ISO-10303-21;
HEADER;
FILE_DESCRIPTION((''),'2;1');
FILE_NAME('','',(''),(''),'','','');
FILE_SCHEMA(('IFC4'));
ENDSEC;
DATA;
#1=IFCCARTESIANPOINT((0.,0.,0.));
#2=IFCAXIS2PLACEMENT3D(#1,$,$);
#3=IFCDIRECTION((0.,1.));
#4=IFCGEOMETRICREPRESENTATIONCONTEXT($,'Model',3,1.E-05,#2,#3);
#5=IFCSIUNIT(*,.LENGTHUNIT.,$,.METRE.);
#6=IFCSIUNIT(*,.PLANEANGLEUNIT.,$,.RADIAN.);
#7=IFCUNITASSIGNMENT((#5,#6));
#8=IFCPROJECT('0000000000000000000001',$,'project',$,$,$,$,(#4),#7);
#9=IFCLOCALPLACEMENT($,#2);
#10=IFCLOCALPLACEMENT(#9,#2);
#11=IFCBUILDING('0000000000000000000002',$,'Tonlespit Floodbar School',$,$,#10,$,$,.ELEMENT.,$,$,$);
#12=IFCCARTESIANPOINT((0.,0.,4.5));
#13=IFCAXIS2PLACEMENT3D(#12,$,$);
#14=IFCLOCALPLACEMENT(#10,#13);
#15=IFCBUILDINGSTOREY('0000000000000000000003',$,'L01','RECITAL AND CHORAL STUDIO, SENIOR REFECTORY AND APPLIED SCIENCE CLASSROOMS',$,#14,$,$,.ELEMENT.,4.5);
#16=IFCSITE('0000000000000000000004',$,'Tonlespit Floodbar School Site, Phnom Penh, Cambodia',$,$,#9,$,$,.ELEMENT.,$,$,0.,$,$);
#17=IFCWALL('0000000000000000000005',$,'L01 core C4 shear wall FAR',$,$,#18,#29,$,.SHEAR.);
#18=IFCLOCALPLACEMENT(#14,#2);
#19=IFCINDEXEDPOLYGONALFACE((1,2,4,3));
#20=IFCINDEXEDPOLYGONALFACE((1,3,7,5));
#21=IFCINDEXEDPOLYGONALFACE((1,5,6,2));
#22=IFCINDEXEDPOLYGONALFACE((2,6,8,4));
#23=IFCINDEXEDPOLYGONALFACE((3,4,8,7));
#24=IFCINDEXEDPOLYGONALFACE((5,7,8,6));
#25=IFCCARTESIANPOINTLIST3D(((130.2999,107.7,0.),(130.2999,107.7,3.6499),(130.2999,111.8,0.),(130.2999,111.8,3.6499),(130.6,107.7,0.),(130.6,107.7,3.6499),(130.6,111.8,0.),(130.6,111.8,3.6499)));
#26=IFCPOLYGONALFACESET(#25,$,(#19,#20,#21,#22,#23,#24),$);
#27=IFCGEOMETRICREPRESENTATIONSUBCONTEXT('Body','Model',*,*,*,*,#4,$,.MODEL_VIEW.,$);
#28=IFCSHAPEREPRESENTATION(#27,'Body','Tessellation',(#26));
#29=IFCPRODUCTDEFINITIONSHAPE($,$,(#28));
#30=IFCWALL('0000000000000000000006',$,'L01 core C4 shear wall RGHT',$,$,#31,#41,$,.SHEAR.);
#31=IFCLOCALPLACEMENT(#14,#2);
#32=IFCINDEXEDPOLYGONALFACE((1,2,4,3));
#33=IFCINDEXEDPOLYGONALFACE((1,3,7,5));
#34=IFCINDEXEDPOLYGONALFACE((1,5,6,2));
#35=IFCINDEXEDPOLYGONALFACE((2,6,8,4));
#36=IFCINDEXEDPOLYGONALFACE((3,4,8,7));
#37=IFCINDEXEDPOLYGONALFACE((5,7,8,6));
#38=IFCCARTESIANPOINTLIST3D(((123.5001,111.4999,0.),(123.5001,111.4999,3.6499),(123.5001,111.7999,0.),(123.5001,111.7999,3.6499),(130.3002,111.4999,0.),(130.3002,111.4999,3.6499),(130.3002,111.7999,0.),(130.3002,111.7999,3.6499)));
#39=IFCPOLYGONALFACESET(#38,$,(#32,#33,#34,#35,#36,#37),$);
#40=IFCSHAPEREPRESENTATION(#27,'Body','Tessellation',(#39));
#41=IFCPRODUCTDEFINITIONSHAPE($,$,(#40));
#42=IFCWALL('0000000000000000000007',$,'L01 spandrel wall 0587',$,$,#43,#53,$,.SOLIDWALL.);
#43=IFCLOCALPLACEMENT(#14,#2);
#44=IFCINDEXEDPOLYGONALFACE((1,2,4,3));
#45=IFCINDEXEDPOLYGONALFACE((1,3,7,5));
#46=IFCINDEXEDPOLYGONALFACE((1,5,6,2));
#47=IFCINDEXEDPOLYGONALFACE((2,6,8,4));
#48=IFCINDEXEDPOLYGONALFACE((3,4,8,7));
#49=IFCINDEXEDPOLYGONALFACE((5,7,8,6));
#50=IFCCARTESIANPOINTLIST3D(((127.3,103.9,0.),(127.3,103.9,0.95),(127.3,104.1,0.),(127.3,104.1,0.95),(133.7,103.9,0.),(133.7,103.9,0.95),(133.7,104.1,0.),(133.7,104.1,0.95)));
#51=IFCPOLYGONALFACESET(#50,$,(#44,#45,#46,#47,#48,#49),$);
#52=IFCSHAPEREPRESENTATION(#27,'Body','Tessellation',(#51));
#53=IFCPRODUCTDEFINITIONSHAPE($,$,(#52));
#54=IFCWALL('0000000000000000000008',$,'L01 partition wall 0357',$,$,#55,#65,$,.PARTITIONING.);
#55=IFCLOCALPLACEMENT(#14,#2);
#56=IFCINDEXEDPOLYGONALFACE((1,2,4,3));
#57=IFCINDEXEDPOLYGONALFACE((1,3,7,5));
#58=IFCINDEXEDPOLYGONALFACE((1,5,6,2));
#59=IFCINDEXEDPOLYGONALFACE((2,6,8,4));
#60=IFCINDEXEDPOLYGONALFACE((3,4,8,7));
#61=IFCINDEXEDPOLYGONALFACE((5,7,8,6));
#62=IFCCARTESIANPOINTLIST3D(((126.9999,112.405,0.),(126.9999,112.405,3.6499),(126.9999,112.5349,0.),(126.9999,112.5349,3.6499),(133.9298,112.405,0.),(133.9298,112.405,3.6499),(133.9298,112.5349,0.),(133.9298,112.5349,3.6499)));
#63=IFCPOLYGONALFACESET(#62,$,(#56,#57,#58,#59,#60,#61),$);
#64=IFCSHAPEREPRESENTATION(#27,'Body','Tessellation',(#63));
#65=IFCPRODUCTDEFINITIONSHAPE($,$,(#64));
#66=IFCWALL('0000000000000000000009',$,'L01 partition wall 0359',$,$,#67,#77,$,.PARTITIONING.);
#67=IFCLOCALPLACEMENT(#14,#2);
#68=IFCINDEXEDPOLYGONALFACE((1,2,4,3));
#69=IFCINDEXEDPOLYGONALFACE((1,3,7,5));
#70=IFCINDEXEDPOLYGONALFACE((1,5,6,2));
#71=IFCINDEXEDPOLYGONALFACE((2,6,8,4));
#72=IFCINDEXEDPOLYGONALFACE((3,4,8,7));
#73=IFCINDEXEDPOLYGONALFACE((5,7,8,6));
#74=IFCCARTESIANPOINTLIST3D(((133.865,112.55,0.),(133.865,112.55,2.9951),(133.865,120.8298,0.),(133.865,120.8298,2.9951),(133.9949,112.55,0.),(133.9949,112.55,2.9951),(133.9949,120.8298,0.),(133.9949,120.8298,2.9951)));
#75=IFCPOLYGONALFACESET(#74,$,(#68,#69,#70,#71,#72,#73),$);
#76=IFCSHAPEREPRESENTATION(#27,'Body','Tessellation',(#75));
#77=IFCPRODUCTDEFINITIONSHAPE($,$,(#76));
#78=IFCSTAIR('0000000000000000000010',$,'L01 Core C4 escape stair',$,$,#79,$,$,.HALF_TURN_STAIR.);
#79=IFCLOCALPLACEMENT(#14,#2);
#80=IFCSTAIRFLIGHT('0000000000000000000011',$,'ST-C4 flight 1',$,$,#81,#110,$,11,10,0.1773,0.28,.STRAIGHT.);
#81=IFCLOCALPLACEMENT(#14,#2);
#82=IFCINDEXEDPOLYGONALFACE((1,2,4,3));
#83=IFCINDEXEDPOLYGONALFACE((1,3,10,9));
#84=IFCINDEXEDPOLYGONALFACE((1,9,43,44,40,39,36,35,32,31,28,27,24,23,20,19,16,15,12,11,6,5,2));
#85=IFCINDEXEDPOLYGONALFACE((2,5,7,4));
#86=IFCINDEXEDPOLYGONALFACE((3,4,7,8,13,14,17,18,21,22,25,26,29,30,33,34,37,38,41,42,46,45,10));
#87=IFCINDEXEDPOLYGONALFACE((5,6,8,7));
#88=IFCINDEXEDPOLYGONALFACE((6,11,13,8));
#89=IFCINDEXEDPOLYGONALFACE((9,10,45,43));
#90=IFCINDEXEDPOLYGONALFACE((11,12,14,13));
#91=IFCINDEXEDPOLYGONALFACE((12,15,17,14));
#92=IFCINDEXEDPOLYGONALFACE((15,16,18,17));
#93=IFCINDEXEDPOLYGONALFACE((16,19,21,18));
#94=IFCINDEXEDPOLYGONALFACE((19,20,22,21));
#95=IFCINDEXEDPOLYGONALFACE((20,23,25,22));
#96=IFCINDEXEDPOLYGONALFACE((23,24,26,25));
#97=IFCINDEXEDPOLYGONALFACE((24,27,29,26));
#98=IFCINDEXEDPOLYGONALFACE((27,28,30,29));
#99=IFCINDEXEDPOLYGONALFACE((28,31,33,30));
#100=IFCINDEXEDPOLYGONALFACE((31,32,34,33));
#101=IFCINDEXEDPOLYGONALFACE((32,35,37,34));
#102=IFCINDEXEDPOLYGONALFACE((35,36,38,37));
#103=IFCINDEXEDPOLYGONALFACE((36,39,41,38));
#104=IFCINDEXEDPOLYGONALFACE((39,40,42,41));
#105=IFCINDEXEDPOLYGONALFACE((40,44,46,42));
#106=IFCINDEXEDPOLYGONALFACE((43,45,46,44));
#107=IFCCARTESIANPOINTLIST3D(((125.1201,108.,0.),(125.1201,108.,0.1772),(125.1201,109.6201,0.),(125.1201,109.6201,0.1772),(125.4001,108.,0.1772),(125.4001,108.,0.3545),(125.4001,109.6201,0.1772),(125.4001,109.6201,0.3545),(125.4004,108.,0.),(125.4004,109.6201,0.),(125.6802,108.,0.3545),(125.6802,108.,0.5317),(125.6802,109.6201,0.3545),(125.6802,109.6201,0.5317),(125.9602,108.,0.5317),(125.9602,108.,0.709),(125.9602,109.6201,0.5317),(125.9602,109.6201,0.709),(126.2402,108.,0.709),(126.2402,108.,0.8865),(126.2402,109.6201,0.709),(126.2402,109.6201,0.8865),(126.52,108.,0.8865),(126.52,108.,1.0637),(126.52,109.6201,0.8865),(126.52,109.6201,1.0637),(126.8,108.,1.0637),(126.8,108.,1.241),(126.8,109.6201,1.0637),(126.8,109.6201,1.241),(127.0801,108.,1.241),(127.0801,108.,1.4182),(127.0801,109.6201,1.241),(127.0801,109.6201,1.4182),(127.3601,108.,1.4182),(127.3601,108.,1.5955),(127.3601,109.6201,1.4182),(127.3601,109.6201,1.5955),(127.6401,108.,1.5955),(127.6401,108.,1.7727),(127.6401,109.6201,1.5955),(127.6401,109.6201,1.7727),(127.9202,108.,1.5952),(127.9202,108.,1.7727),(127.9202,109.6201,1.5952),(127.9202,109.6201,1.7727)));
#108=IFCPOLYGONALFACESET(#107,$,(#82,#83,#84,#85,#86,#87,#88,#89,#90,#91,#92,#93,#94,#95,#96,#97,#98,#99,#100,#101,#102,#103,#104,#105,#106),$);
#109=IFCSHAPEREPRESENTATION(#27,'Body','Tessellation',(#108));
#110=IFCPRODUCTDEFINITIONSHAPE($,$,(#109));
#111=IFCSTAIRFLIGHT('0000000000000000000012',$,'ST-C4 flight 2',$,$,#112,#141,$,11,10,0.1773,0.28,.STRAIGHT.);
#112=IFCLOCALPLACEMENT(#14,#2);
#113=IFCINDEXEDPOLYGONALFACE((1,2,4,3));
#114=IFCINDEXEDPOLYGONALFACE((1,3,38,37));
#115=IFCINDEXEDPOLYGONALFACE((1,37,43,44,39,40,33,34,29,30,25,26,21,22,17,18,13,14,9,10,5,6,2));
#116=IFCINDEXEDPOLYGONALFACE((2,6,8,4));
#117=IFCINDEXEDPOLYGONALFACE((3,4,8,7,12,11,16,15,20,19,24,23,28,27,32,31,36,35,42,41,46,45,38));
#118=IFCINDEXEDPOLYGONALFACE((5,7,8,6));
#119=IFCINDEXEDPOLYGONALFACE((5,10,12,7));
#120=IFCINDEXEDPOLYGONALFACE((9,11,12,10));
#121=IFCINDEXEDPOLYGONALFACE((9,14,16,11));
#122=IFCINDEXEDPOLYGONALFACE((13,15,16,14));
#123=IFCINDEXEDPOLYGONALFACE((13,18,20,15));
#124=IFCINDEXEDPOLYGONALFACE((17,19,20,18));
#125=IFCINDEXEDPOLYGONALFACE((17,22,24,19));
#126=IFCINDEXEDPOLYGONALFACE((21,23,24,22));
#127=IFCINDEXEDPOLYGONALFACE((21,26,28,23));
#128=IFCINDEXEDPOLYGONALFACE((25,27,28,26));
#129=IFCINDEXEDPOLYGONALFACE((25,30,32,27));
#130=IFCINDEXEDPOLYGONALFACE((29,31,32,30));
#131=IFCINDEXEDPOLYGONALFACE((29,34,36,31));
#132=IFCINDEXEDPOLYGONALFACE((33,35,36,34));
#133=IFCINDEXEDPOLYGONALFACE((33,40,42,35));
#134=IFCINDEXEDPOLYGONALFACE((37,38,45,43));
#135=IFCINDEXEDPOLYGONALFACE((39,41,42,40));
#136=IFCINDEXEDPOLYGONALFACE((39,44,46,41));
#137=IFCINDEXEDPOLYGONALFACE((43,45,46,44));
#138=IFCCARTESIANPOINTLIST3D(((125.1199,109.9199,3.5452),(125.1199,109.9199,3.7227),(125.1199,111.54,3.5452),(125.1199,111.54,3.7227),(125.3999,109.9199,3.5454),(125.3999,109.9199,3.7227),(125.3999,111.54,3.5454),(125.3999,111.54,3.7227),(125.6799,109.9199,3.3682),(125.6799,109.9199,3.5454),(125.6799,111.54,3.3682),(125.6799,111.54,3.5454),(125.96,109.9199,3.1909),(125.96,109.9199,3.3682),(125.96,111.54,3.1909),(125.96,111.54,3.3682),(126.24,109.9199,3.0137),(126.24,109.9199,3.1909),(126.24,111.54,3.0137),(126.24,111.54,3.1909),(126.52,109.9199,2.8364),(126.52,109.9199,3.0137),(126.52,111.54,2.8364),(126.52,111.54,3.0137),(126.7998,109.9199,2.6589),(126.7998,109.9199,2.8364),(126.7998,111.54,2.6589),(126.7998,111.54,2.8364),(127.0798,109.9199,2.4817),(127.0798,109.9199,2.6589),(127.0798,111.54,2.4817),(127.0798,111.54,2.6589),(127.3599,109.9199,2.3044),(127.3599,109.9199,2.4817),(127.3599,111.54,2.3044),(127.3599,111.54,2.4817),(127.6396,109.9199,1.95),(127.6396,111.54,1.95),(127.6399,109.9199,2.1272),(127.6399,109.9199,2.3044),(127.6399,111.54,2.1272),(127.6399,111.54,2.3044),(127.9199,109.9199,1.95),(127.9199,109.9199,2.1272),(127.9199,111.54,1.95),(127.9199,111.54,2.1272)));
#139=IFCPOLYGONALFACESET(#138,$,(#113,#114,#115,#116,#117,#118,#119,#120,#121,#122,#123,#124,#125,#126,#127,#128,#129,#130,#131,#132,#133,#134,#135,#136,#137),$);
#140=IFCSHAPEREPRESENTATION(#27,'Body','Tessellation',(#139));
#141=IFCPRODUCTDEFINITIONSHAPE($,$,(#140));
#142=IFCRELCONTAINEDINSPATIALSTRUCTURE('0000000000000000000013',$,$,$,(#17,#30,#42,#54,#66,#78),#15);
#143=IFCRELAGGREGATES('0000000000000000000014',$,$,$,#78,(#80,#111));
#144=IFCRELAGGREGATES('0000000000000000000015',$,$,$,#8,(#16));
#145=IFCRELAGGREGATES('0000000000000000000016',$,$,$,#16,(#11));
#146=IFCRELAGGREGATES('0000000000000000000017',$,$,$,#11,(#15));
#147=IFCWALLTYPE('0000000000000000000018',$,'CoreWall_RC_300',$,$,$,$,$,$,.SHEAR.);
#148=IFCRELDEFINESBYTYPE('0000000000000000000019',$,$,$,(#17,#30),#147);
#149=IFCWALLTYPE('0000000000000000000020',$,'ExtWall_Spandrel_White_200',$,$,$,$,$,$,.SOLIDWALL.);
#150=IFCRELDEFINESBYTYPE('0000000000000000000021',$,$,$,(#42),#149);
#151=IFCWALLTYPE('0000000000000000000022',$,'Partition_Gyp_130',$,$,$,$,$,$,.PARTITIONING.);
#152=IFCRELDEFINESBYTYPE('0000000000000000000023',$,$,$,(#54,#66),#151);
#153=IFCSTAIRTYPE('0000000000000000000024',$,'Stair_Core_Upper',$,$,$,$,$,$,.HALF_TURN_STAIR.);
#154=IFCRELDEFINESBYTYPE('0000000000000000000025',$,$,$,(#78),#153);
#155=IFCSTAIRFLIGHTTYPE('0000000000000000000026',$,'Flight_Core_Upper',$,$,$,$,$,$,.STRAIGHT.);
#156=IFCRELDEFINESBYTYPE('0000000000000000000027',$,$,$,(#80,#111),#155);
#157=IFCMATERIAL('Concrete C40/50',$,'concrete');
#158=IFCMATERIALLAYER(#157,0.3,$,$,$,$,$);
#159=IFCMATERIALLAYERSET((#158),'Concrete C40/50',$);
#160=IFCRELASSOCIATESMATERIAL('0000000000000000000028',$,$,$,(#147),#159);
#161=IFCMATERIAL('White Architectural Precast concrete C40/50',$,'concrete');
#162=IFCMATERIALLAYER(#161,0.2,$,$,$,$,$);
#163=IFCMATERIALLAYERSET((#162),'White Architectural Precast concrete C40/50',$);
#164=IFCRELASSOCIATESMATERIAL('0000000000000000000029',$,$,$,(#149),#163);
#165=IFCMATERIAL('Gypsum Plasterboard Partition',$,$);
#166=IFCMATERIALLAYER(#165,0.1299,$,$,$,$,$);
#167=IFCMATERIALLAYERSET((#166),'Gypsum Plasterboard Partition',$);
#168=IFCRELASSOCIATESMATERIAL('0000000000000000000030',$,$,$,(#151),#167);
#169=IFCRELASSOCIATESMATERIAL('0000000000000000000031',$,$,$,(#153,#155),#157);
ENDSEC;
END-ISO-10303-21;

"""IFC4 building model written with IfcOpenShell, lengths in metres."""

from ifc_helpers import new_model, si_unit, direction, frame, frame_2d, origin, place, context, subcontext, project, spatial, polyline, rectangle, outline, extrude, material, layer, layer_set, type_object, element, aggregate, save


model = new_model("IFC4")

# Units and contexts
model_context = context("Model", 3, precision=1e-05, world=origin(), true_north=direction((0.0, 1.0)))
body_context = subcontext(model_context, "Body", "Model", "MODEL_VIEW")
ifc_project = project(units=[si_unit("LENGTHUNIT", "METRE"), si_unit("PLANEANGLEUNIT", "RADIAN")], contexts=[model_context])

# Site, building, storey
site_placement = place(None, origin())
site = spatial("IfcSite", under=ifc_project, at=site_placement, Name="Tonlespit Floodbar School Site, Phnom Penh, Cambodia", CompositionType="ELEMENT", RefElevation=0.0)
building_placement = place(site_placement, origin())
building = spatial("IfcBuilding", under=site, at=building_placement, Name="Tonlespit Floodbar School", CompositionType="ELEMENT")
storey_placement = place(building_placement, frame((0.0, 0.0, 4.5)))
storey = spatial("IfcBuildingStorey", under=building, at=storey_placement, Name="L01", Description="RECITAL AND CHORAL STUDIO, SENIOR REFECTORY AND APPLIED SCIENCE CLASSROOMS", CompositionType="ELEMENT", Elevation=4.5)

# Shared definitions
ifc_material_1 = material(Name="Concrete C40/50", Category="concrete")

# Walls
ifc_layer_1 = layer(ifc_material_1, 0.3)
ifc_layer_set_1 = layer_set([ifc_layer_1], Name="Concrete C40/50")
wall_type_1 = type_object("IfcWallType", Name="CoreWall_RC_300", PredefinedType="SHEAR", material=ifc_layer_set_1)
wall_1_placement = place(storey_placement, frame((130.45, 111.8, 0.0), z_axis=(0.0, 0.0, 1.0), x_axis=(0.0, -1.0, 0.0)))
element("IfcWall", 1, at=wall_1_placement, inside=storey, type_object=wall_type_1, Name="L01 core C4 shear wall FAR", PredefinedType="SHEAR", context=body_context, shape_type="SweptSolid", body=[
    extrude(rectangle(XDim=4.1001, YDim=0.3, at=frame_2d((2.05, 0.0))), origin(), (0.0, 0.0, 1.0), 3.6499),
])
wall_2_placement = place(storey_placement, frame((130.3, 111.6499, 0.0), z_axis=(0.0, 0.0, 1.0), x_axis=(-1.0, 0.0, 0.0)))
element("IfcWall", 2, at=wall_2_placement, inside=storey, type_object=wall_type_1, Name="L01 core C4 shear wall RGHT", PredefinedType="SHEAR", context=body_context, shape_type="SweptSolid", body=[
    extrude(rectangle(XDim=6.8, YDim=0.3, at=frame_2d((3.3999, 0.0))), origin(), (0.0, 0.0, 1.0), 3.6499),
])
ifc_material_2 = material(Name="White Architectural Precast concrete C40/50", Category="concrete")
ifc_layer_2 = layer(ifc_material_2, 0.2)
ifc_layer_set_2 = layer_set([ifc_layer_2], Name="White Architectural Precast concrete C40/50")
wall_type_2 = type_object("IfcWallType", Name="ExtWall_Spandrel_White_200", PredefinedType="SOLIDWALL", material=ifc_layer_set_2)
wall_3_placement = place(storey_placement, frame((133.7, 104.0, 0.0), z_axis=(0.0, 0.0, 1.0), x_axis=(-1.0, 0.0, 0.0)))
element("IfcWall", 3, at=wall_3_placement, inside=storey, type_object=wall_type_2, Name="L01 spandrel wall 0587", PredefinedType="SOLIDWALL", context=body_context, shape_type="SweptSolid", body=[
    extrude(rectangle(XDim=6.3999, YDim=0.2, at=frame_2d((3.2, 0.0))), origin(), (0.0, 0.0, 1.0), 0.95),
])
ifc_material_3 = material(Name="Gypsum Plasterboard Partition")
ifc_layer_3 = layer(ifc_material_3, 0.1299)
ifc_layer_set_3 = layer_set([ifc_layer_3], Name="Gypsum Plasterboard Partition")
wall_type_3 = type_object("IfcWallType", Name="Partition_Gyp_130", PredefinedType="PARTITIONING", material=ifc_layer_set_3)
wall_4_placement = place(storey_placement, frame((127.0, 112.47, 0.0), z_axis=(0.0, 0.0, 1.0), x_axis=(1.0, 0.0, 0.0)))
element("IfcWall", 4, at=wall_4_placement, inside=storey, type_object=wall_type_3, Name="L01 partition wall 0357", PredefinedType="PARTITIONING", context=body_context, shape_type="SweptSolid", body=[
    extrude(rectangle(XDim=6.9299, YDim=0.1299, at=frame_2d((3.4648, 0.0))), origin(), (0.0, 0.0, 1.0), 3.6499),
])
wall_5_placement = place(storey_placement, frame((133.9299, 112.55, 0.0), z_axis=(0.0, 0.0, 1.0), x_axis=(0.0, 1.0, 0.0)))
element("IfcWall", 5, at=wall_5_placement, inside=storey, type_object=wall_type_3, Name="L01 partition wall 0359", PredefinedType="PARTITIONING", context=body_context, shape_type="SweptSolid", body=[
    extrude(rectangle(XDim=8.2798, YDim=0.1299, at=frame_2d((4.1399, 0.0))), origin(), (0.0, 0.0, 1.0), 2.9951),
])

# Stair, stair flights
stair_type = type_object("IfcStairType", Name="Stair_Core_Upper", PredefinedType="HALF_TURN_STAIR", material=ifc_material_1)
stair_placement = place(storey_placement, origin())
stair = element("IfcStair", 6, at=stair_placement, inside=storey, type_object=stair_type, Name="L01 Core C4 escape stair", PredefinedType="HALF_TURN_STAIR")
stair_flight_type = type_object("IfcStairFlightType", Name="Flight_Core_Upper", PredefinedType="STRAIGHT", material=ifc_material_1)
stair_flight_1_placement = place(storey_placement, frame((125.1201, 108.8101, 0.0), z_axis=(0.0, 0.0, 1.0), x_axis=(1.0, 0.0, 0.0)))
stair_flight_1 = element("IfcStairFlight", 7, at=stair_flight_1_placement, type_object=stair_flight_type, Name="ST-C4 flight 1", NumberOfRisers=11, NumberOfTreads=10, PredefinedType="STRAIGHT", RiserHeight=0.1773, TreadLength=0.28, context=body_context, shape_type="SweptSolid", body=[
    extrude(outline(polyline([(0.0, 0.0), (0.0, 0.1772), (0.28, 0.1772), (0.28, 0.3545), (0.5601, 0.3545), (0.5601, 0.5317), (0.8401, 0.5317), (0.8401, 0.709), (1.1201, 0.709), (1.1201, 0.8865), (1.3999, 0.8865), (1.3999, 1.0637), (1.6799, 1.0637), (1.6799, 1.241), (1.96, 1.241), (1.96, 1.4182), (2.24, 1.4182), (2.24, 1.5955), (2.52, 1.5955), (2.52, 1.7727), (2.8, 1.7727), (2.8, 1.95), (2.8, 1.5952), (0.2803, 0.0), (0.0, 0.0)])), frame((0.0, 0.8101, 0.0), z_axis=(0.0, -1.0, 0.0), x_axis=(1.0, 0.0, 0.0)), (0.0, 0.0, 1.0), 1.6201),
])
stair_flight_2_placement = place(storey_placement, frame((127.9199, 110.73, 1.95), z_axis=(0.0, 0.0, 1.0), x_axis=(-1.0, 0.0, 0.0)))
stair_flight_2 = element("IfcStairFlight", 8, at=stair_flight_2_placement, type_object=stair_flight_type, Name="ST-C4 flight 2", NumberOfRisers=11, NumberOfTreads=10, PredefinedType="STRAIGHT", RiserHeight=0.1773, TreadLength=0.28, context=body_context, shape_type="SweptSolid", body=[
    extrude(outline(polyline([(0.0, 0.0), (0.0, 0.1772), (0.28, 0.1772), (0.28, 0.3545), (0.5601, 0.3545), (0.5601, 0.5317), (0.8401, 0.5317), (0.8401, 0.709), (1.1201, 0.709), (1.1201, 0.8865), (1.3999, 0.8865), (1.3999, 1.0637), (1.6799, 1.0637), (1.6799, 1.241), (1.96, 1.241), (1.96, 1.4182), (2.24, 1.4182), (2.24, 1.5955), (2.52, 1.5955), (2.52, 1.7727), (2.8, 1.7727), (2.8, 1.95), (2.8, 1.5952), (0.2803, 0.0), (0.0, 0.0)])), frame((0.0, 0.8101, 0.0), z_axis=(0.0, -1.0, 0.0), x_axis=(1.0, 0.0, 0.0)), (0.0, 0.0, 1.0), 1.6201),
])
aggregate(stair, [stair_flight_1, stair_flight_2])

save(model, "model.ifc")
